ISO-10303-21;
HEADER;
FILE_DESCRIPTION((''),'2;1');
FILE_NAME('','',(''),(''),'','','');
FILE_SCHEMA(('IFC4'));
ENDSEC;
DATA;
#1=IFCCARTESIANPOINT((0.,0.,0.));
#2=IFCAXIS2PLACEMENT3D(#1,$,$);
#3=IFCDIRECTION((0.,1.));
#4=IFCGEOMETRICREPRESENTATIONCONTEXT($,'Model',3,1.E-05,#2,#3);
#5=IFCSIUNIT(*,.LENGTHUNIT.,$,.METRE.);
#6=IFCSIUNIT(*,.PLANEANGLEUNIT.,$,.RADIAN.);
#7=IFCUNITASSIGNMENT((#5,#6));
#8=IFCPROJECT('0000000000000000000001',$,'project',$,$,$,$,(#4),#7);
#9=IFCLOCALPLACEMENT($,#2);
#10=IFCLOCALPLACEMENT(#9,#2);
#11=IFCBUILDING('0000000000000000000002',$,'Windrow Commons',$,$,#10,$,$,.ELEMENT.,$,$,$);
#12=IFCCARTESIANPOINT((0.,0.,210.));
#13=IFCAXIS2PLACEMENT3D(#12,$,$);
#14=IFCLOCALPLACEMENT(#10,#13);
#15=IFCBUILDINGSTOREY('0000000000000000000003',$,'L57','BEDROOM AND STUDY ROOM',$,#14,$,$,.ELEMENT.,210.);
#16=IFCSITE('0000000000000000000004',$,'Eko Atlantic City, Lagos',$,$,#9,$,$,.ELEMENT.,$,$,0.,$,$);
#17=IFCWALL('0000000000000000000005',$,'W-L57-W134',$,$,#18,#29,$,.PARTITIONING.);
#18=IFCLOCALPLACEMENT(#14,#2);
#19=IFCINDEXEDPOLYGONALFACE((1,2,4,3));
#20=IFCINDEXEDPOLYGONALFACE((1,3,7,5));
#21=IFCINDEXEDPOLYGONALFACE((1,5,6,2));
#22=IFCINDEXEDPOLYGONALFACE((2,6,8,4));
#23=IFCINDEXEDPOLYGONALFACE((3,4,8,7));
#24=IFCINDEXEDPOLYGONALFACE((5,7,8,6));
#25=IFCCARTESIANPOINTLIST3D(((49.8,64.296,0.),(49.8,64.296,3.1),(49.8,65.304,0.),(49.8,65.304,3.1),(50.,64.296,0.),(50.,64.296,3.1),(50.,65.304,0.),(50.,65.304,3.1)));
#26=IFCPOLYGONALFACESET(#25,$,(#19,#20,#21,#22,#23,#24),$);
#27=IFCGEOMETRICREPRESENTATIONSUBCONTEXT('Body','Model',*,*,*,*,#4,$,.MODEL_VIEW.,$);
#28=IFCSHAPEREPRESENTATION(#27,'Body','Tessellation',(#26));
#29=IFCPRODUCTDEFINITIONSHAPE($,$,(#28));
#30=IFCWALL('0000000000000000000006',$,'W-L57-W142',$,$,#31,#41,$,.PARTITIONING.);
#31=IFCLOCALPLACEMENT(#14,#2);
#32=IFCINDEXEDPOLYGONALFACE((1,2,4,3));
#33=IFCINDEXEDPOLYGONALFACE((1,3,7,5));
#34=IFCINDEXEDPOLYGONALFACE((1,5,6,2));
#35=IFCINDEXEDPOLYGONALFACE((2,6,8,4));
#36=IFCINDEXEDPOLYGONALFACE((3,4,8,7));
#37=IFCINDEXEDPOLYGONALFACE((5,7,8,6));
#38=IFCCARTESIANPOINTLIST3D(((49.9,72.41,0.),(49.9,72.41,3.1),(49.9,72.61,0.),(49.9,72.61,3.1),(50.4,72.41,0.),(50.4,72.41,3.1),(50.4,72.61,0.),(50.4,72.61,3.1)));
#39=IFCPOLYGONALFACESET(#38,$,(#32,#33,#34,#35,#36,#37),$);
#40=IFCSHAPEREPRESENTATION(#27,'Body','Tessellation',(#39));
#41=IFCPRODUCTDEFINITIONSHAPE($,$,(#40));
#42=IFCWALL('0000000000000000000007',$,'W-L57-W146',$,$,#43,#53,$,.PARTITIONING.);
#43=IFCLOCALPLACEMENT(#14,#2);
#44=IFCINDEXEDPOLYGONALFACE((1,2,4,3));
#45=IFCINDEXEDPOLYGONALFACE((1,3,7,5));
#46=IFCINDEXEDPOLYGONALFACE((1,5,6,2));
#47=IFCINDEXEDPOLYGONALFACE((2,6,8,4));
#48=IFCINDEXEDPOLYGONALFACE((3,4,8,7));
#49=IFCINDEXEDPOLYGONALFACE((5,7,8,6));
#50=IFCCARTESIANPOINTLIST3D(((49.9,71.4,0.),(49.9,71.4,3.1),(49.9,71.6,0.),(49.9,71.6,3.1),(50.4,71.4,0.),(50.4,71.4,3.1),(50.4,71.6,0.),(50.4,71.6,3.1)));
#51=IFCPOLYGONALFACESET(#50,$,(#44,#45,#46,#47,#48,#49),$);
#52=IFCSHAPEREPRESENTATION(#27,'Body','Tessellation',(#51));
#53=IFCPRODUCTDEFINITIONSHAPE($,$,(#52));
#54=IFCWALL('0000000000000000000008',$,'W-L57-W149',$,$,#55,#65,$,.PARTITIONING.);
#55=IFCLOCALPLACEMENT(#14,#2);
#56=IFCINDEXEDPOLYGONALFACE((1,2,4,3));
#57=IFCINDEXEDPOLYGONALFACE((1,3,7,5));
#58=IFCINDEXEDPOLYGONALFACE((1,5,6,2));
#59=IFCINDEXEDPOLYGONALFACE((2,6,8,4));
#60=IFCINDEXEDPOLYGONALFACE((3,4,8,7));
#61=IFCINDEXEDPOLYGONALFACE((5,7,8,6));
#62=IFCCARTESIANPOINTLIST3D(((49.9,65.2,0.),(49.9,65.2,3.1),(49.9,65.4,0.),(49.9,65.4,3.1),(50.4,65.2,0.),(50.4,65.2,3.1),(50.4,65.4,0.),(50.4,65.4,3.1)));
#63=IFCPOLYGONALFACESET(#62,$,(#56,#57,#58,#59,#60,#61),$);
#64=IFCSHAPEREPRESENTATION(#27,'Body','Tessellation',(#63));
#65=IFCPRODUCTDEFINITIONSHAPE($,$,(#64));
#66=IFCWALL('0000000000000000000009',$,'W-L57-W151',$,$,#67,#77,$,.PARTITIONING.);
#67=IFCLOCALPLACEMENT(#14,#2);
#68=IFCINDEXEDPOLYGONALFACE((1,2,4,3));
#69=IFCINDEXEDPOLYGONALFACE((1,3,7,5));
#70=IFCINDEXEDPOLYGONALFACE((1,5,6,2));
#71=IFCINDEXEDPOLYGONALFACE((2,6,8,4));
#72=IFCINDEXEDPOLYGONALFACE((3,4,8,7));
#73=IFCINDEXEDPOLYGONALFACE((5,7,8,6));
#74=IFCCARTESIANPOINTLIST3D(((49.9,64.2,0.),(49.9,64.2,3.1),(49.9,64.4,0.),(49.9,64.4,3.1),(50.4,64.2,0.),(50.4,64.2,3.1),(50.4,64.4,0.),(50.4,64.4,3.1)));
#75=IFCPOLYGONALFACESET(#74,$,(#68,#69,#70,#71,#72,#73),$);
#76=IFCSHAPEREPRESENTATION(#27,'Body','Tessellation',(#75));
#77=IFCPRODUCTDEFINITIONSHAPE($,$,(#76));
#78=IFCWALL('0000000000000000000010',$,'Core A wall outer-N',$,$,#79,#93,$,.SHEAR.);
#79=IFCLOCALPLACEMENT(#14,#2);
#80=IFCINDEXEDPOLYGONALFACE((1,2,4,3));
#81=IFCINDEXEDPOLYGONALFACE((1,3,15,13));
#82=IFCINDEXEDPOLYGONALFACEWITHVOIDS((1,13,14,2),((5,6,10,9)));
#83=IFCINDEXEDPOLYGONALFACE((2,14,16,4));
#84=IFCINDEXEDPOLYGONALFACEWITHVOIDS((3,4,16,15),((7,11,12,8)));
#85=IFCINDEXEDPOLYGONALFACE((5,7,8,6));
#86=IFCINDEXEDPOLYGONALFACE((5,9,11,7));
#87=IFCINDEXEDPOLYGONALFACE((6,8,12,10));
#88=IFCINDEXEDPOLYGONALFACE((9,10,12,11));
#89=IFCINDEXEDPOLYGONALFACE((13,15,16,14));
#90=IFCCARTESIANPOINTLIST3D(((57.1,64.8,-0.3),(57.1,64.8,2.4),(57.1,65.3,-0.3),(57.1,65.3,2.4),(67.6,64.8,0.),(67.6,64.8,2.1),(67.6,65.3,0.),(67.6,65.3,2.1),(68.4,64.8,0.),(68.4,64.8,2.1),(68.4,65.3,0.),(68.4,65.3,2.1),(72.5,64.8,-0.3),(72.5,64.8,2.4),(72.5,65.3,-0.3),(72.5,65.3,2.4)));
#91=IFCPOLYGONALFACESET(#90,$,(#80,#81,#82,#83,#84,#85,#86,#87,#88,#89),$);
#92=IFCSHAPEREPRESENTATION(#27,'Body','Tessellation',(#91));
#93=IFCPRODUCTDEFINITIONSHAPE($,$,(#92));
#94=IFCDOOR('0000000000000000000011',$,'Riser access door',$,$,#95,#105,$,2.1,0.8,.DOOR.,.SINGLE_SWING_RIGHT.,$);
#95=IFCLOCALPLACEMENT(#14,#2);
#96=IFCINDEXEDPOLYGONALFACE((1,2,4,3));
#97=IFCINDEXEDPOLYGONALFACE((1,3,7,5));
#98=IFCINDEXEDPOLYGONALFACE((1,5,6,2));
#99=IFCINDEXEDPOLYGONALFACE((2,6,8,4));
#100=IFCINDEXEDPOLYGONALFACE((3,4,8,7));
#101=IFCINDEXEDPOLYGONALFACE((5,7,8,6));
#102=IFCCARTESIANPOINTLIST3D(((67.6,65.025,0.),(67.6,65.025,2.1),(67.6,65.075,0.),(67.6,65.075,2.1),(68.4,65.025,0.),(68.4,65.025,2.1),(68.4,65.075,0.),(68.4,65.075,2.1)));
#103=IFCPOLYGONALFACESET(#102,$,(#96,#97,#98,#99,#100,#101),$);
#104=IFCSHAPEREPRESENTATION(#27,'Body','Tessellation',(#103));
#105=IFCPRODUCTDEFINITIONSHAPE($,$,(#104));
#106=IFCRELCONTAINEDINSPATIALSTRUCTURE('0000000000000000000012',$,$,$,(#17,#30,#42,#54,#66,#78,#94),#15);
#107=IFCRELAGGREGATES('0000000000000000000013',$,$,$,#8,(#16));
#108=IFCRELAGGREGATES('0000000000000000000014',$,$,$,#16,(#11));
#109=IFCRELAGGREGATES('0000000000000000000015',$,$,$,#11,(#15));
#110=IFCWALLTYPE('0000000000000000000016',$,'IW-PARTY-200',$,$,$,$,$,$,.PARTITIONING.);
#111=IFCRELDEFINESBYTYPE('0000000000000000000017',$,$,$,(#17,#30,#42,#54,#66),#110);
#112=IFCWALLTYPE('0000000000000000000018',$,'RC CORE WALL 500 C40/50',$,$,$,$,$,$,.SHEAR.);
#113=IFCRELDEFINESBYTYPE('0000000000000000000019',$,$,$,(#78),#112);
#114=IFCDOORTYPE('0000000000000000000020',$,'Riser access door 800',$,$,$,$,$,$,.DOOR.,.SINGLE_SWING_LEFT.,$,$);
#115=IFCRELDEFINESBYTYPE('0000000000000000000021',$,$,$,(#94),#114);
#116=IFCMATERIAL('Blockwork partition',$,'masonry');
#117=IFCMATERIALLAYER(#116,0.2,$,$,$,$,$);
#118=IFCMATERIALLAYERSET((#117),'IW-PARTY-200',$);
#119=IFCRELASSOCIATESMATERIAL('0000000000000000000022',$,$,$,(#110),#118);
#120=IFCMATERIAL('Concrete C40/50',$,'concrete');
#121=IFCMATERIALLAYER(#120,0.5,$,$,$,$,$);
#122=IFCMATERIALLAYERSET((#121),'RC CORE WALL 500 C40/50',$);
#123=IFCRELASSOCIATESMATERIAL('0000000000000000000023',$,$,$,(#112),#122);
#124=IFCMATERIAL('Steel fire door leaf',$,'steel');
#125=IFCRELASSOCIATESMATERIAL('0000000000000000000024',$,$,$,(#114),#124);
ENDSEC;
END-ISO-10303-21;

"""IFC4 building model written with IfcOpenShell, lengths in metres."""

from ifc_helpers import new_model, si_unit, direction, frame, frame_2d, origin, place, context, subcontext, project, spatial, rectangle, extrude, material, layer, layer_set, type_object, element, fill, save


model = new_model("IFC4")

# Units and contexts
model_context = context("Model", 3, precision=1e-05, world=origin(), true_north=direction((0.0, 1.0)))
body_context = subcontext(model_context, "Body", "Model", "MODEL_VIEW")
ifc_project = project(units=[si_unit("LENGTHUNIT", "METRE"), si_unit("PLANEANGLEUNIT", "RADIAN")], contexts=[model_context])

# Site, building, storey
site_placement = place(None, origin())
site = spatial("IfcSite", under=ifc_project, at=site_placement, Name="Eko Atlantic City, Lagos", CompositionType="ELEMENT", RefElevation=0.0)
building_placement = place(site_placement, origin())
building = spatial("IfcBuilding", under=site, at=building_placement, Name="Windrow Commons", CompositionType="ELEMENT")
storey_placement = place(building_placement, frame((0.0, 0.0, 210.0)))
storey = spatial("IfcBuildingStorey", under=building, at=storey_placement, Name="L57", Description="BEDROOM AND STUDY ROOM", CompositionType="ELEMENT", Elevation=210.0)

# Walls
ifc_material_1 = material(Name="Blockwork partition", Category="masonry")
ifc_layer_1 = layer(ifc_material_1, 0.2)
ifc_layer_set_1 = layer_set([ifc_layer_1], Name="IW-PARTY-200")
wall_type_1 = type_object("IfcWallType", Name="IW-PARTY-200", PredefinedType="PARTITIONING", material=ifc_layer_set_1)
wall_1_placement = place(storey_placement, frame((49.9, 64.296, 0.0), z_axis=(0.0, 0.0, 1.0), x_axis=(0.0, 1.0, 0.0)))
element("IfcWall", 1, at=wall_1_placement, inside=storey, type_object=wall_type_1, Name="W-L57-W134", PredefinedType="PARTITIONING", context=body_context, shape_type="SweptSolid", body=[
    extrude(rectangle(XDim=1.008, YDim=0.2, at=frame_2d((0.504, 0.0))), origin(), (0.0, 0.0, 1.0), 3.1),
])
for number, where, z_axis, x_axis, name in (
    (2, (49.9, 72.51, 0.0), (0.0, 0.0, 1.0), (1.0, 0.0, 0.0), "W-L57-W142"),
    (3, (49.9, 71.5, 0.0), (0.0, 0.0, 1.0), (1.0, 0.0, 0.0), "W-L57-W146"),
    (4, (49.9, 65.3, 0.0), (0.0, 0.0, 1.0), (1.0, 0.0, 0.0), "W-L57-W149"),
    (5, (49.9, 64.3, 0.0), (0.0, 0.0, 1.0), (1.0, 0.0, 0.0), "W-L57-W151"),
):
    element("IfcWall", number, at=place(storey_placement, frame(where, z_axis=z_axis, x_axis=x_axis)), inside=storey, type_object=wall_type_1, Name=name, PredefinedType="PARTITIONING", context=body_context, shape_type="SweptSolid", body=[
        extrude(rectangle(XDim=0.5, YDim=0.2, at=frame_2d((0.25, 0.0))), origin(), (0.0, 0.0, 1.0), 3.1),
    ])

# Wall, opening, door
ifc_material_2 = material(Name="Concrete C40/50", Category="concrete")
ifc_layer_2 = layer(ifc_material_2, 0.5)
ifc_layer_set_2 = layer_set([ifc_layer_2], Name="RC CORE WALL 500 C40/50")
wall_type_2 = type_object("IfcWallType", Name="RC CORE WALL 500 C40/50", PredefinedType="SHEAR", material=ifc_layer_set_2)
wall_2_placement = place(storey_placement, frame((57.1, 65.05, -0.3), z_axis=(0.0, 0.0, 1.0), x_axis=(1.0, 0.0, 0.0)))
wall_2 = element("IfcWall", 6, at=wall_2_placement, inside=storey, type_object=wall_type_2, Name="Core A wall outer-N", PredefinedType="SHEAR", context=body_context, shape_type="SweptSolid", body=[
    extrude(rectangle(XDim=15.4, YDim=0.5, at=frame_2d((7.7, 0.0))), origin(), (0.0, 0.0, 1.0), 2.7),
])
opening_1_placement = place(wall_2_placement, frame((10.5, 0.0, 0.3)))
opening_1 = element("IfcOpeningElement", 7, at=opening_1_placement, cuts=wall_2, PredefinedType="OPENING", context=body_context, shape_type="SweptSolid", body=[
    extrude(rectangle(XDim=0.8, YDim=2.1, at=frame_2d((0.4, 1.05))), frame((0.0, 0.26, 0.0), z_axis=(0.0, -1.0, 0.0), x_axis=(1.0, 0.0, 0.0)), (0.0, 0.0, 1.0), 0.52),
])
ifc_material_3 = material(Name="Steel fire door leaf", Category="steel")
door_type_1 = type_object("IfcDoorType", Name="Riser access door 800", OperationType="SINGLE_SWING_LEFT", PredefinedType="DOOR", material=ifc_material_3)
door_1_placement = place(opening_1_placement, origin())
door_1 = element("IfcDoor", 8, at=door_1_placement, inside=storey, type_object=door_type_1, Name="Riser access door", OperationType="SINGLE_SWING_RIGHT", OverallHeight=2.1, OverallWidth=0.8, PredefinedType="DOOR", context=body_context, shape_type="SweptSolid", body=[
    extrude(rectangle(XDim=0.8, YDim=2.1, at=frame_2d((0.4, 1.05))), frame((0.0, 0.025, 0.0), z_axis=(0.0, -1.0, 0.0), x_axis=(1.0, 0.0, 0.0)), (0.0, 0.0, 1.0), 0.05),
])
fill(opening_1, door_1)

save(model, "model.ifc")
